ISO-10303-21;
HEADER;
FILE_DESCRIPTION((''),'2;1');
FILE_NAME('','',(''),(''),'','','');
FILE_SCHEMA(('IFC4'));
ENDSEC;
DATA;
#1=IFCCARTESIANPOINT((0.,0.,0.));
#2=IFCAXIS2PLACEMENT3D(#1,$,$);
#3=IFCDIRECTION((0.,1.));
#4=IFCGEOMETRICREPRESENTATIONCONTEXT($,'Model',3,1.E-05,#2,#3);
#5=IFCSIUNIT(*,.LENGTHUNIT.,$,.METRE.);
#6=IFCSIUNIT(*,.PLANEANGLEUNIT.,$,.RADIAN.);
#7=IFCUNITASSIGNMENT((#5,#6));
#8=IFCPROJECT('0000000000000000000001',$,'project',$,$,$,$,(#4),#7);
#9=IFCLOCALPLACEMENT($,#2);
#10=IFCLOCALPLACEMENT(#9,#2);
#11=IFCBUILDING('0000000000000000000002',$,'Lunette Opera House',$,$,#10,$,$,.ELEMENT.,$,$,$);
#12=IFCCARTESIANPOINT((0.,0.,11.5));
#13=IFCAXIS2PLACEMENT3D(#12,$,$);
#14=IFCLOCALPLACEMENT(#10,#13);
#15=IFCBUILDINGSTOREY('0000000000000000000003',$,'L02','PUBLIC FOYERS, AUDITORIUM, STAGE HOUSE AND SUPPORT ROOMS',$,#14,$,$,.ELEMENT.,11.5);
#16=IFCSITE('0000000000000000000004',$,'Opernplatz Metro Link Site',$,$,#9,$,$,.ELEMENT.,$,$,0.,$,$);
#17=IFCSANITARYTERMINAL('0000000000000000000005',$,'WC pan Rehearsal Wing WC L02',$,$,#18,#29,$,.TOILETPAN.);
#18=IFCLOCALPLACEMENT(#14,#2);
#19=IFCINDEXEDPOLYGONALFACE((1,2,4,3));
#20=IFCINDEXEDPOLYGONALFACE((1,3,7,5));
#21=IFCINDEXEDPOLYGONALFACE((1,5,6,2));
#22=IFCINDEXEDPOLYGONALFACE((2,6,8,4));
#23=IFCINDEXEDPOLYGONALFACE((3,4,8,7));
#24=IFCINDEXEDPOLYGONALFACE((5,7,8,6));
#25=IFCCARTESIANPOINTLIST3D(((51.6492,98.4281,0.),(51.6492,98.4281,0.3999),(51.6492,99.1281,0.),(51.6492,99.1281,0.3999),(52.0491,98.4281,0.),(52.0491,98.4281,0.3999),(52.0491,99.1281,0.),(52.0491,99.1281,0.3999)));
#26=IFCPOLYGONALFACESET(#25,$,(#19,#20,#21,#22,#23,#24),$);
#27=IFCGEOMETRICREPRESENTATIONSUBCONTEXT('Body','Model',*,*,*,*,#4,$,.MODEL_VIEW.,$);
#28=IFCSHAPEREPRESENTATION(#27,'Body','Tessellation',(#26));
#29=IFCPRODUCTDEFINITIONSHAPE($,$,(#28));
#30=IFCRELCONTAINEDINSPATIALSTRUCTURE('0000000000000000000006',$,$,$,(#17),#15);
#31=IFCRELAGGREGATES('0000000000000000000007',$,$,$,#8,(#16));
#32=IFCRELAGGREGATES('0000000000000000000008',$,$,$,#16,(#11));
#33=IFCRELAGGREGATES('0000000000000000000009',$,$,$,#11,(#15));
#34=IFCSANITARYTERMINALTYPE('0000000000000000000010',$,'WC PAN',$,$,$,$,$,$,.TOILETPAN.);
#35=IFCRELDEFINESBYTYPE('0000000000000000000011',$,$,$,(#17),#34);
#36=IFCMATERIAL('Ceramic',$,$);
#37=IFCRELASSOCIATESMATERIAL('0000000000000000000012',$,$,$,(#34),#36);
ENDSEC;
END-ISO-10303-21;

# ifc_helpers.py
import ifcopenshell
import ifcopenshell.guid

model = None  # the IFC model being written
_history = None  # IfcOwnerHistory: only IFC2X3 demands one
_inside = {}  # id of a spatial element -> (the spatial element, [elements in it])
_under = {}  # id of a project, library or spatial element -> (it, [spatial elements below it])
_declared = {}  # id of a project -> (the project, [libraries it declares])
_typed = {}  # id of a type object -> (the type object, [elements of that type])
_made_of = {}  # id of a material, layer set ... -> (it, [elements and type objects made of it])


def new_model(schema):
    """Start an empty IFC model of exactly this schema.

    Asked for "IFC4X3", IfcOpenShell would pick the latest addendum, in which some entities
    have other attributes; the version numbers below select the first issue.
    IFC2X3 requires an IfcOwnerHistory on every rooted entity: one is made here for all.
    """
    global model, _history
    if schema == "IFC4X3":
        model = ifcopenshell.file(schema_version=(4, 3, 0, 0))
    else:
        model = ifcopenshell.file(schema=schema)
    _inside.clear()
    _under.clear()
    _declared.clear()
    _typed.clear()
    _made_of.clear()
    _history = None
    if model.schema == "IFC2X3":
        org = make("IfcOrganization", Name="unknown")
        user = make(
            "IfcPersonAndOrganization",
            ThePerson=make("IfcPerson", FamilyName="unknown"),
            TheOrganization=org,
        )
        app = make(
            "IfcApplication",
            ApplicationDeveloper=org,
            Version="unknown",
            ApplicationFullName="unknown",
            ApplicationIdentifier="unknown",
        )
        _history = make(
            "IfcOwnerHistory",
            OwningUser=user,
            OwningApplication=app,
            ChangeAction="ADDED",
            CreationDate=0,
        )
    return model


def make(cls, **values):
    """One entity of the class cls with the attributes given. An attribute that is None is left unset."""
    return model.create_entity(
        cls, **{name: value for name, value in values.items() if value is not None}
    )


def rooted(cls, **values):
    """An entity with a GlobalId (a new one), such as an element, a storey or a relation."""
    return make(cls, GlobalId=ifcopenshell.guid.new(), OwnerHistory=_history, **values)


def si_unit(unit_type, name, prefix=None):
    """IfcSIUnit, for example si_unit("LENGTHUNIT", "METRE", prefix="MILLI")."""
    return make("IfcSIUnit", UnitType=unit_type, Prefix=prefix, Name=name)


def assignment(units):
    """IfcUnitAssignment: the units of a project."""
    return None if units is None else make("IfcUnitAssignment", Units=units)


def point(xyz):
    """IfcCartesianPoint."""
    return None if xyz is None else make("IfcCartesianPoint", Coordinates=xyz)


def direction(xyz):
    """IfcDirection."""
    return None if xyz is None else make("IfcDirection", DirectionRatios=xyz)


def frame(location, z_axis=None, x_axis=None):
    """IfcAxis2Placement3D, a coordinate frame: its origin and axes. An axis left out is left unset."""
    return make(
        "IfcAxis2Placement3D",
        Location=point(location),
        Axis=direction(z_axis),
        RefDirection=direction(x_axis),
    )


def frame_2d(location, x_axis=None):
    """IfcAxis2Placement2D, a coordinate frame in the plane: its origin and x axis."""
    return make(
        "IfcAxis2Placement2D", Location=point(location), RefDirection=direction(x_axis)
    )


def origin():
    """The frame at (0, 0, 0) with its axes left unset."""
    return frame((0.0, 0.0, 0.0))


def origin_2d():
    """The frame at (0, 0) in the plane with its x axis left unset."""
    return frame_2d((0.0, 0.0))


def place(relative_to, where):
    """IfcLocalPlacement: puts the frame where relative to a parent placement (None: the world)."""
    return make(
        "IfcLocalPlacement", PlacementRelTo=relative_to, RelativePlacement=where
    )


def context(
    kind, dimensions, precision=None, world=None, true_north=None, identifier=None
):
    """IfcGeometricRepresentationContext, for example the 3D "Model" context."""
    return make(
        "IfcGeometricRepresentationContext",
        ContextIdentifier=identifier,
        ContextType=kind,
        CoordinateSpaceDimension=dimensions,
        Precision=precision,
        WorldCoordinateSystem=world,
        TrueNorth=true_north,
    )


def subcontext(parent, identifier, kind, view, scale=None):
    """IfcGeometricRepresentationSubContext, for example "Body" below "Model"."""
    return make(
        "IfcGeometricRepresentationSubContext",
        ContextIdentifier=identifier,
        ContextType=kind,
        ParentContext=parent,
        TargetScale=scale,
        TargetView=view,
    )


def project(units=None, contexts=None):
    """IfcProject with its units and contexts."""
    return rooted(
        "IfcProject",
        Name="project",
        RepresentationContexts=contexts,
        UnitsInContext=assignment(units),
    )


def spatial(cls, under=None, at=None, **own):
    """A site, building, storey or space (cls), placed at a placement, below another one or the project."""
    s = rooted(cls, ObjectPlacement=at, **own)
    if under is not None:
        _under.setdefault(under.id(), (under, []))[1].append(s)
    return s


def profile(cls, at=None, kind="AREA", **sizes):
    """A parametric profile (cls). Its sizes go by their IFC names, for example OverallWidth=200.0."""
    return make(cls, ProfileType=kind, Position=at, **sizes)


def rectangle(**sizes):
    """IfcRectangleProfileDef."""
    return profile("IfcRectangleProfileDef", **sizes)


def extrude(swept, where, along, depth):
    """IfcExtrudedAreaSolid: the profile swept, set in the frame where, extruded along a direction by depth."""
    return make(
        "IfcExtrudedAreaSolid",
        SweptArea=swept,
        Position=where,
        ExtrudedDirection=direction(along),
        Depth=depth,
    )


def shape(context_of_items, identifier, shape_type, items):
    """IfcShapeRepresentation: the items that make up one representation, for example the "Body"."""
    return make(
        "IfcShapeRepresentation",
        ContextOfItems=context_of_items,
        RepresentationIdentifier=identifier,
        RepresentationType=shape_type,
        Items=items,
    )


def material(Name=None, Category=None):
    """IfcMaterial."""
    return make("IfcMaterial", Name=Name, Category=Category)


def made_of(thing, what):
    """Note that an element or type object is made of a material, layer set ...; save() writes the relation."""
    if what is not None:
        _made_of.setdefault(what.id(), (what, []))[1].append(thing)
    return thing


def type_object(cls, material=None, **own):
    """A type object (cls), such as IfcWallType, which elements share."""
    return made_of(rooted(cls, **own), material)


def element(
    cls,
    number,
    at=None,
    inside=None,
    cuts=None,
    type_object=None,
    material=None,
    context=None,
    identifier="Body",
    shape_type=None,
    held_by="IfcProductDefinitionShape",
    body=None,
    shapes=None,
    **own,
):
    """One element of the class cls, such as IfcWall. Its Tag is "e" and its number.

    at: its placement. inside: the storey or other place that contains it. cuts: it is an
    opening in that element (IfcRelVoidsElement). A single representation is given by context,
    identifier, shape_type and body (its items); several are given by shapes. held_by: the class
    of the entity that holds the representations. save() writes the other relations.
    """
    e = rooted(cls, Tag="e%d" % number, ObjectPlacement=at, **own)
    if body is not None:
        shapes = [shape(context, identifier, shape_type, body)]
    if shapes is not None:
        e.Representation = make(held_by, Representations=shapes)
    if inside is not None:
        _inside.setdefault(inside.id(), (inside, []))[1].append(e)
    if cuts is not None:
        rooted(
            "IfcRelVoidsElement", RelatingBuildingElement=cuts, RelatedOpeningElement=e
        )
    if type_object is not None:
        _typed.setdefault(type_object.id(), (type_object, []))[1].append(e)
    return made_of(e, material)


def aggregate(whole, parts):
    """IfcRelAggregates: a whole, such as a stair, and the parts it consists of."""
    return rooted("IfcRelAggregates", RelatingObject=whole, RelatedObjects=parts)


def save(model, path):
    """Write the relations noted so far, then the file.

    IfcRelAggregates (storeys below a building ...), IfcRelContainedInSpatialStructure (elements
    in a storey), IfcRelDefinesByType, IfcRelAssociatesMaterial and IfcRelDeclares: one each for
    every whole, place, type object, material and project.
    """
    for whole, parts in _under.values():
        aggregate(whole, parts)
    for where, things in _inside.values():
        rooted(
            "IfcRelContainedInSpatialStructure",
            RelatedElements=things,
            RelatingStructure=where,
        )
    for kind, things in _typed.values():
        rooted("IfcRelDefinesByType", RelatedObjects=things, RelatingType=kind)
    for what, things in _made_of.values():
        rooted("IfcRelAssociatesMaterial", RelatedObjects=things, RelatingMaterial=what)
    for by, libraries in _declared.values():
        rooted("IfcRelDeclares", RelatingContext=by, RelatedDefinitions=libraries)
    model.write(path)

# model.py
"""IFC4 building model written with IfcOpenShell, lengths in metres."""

from ifc_helpers import new_model, si_unit, direction, frame, origin, origin_2d, place, context, subcontext, project, spatial, rectangle, extrude, material, type_object, element, save


model = new_model("IFC4")

# Units and contexts
model_context = context("Model", 3, precision=1e-05, world=origin(), true_north=direction((0.0, 1.0)))
body_context = subcontext(model_context, "Body", "Model", "MODEL_VIEW")
ifc_project = project(units=[si_unit("LENGTHUNIT", "METRE"), si_unit("PLANEANGLEUNIT", "RADIAN")], contexts=[model_context])

# Site, building, storey
site_placement = place(None, origin())
site = spatial("IfcSite", under=ifc_project, at=site_placement, Name="Opernplatz Metro Link Site", CompositionType="ELEMENT", RefElevation=0.0)
building_placement = place(site_placement, origin())
building = spatial("IfcBuilding", under=site, at=building_placement, Name="Lunette Opera House", CompositionType="ELEMENT")
storey_placement = place(building_placement, frame((0.0, 0.0, 11.5)))
storey = spatial("IfcBuildingStorey", under=building, at=storey_placement, Name="L02", Description="PUBLIC FOYERS, AUDITORIUM, STAGE HOUSE AND SUPPORT ROOMS", CompositionType="ELEMENT", Elevation=11.5)

# Sanitary terminal
ifc_material_1 = material(Name="Ceramic")
sanitary_terminal_type_1 = type_object("IfcSanitaryTerminalType", Name="WC PAN", PredefinedType="TOILETPAN", material=ifc_material_1)
for number, where, z_axis, x_axis, name in (
    (1, (51.8491, 98.7781, 0.0), (0.0, 0.0, 1.0), (1.0, 0.0, 0.0), "WC pan Rehearsal Wing WC L02"),
):
    element("IfcSanitaryTerminal", number, at=place(storey_placement, frame(where, z_axis=z_axis, x_axis=x_axis)), inside=storey, type_object=sanitary_terminal_type_1, Name=name, PredefinedType="TOILETPAN", context=body_context, shape_type="SweptSolid", body=[
        extrude(rectangle(XDim=0.3999, YDim=0.7, at=origin_2d()), origin(), (0.0, 0.0, 1.0), 0.3999),
    ])

save(model, "model.ifc")
